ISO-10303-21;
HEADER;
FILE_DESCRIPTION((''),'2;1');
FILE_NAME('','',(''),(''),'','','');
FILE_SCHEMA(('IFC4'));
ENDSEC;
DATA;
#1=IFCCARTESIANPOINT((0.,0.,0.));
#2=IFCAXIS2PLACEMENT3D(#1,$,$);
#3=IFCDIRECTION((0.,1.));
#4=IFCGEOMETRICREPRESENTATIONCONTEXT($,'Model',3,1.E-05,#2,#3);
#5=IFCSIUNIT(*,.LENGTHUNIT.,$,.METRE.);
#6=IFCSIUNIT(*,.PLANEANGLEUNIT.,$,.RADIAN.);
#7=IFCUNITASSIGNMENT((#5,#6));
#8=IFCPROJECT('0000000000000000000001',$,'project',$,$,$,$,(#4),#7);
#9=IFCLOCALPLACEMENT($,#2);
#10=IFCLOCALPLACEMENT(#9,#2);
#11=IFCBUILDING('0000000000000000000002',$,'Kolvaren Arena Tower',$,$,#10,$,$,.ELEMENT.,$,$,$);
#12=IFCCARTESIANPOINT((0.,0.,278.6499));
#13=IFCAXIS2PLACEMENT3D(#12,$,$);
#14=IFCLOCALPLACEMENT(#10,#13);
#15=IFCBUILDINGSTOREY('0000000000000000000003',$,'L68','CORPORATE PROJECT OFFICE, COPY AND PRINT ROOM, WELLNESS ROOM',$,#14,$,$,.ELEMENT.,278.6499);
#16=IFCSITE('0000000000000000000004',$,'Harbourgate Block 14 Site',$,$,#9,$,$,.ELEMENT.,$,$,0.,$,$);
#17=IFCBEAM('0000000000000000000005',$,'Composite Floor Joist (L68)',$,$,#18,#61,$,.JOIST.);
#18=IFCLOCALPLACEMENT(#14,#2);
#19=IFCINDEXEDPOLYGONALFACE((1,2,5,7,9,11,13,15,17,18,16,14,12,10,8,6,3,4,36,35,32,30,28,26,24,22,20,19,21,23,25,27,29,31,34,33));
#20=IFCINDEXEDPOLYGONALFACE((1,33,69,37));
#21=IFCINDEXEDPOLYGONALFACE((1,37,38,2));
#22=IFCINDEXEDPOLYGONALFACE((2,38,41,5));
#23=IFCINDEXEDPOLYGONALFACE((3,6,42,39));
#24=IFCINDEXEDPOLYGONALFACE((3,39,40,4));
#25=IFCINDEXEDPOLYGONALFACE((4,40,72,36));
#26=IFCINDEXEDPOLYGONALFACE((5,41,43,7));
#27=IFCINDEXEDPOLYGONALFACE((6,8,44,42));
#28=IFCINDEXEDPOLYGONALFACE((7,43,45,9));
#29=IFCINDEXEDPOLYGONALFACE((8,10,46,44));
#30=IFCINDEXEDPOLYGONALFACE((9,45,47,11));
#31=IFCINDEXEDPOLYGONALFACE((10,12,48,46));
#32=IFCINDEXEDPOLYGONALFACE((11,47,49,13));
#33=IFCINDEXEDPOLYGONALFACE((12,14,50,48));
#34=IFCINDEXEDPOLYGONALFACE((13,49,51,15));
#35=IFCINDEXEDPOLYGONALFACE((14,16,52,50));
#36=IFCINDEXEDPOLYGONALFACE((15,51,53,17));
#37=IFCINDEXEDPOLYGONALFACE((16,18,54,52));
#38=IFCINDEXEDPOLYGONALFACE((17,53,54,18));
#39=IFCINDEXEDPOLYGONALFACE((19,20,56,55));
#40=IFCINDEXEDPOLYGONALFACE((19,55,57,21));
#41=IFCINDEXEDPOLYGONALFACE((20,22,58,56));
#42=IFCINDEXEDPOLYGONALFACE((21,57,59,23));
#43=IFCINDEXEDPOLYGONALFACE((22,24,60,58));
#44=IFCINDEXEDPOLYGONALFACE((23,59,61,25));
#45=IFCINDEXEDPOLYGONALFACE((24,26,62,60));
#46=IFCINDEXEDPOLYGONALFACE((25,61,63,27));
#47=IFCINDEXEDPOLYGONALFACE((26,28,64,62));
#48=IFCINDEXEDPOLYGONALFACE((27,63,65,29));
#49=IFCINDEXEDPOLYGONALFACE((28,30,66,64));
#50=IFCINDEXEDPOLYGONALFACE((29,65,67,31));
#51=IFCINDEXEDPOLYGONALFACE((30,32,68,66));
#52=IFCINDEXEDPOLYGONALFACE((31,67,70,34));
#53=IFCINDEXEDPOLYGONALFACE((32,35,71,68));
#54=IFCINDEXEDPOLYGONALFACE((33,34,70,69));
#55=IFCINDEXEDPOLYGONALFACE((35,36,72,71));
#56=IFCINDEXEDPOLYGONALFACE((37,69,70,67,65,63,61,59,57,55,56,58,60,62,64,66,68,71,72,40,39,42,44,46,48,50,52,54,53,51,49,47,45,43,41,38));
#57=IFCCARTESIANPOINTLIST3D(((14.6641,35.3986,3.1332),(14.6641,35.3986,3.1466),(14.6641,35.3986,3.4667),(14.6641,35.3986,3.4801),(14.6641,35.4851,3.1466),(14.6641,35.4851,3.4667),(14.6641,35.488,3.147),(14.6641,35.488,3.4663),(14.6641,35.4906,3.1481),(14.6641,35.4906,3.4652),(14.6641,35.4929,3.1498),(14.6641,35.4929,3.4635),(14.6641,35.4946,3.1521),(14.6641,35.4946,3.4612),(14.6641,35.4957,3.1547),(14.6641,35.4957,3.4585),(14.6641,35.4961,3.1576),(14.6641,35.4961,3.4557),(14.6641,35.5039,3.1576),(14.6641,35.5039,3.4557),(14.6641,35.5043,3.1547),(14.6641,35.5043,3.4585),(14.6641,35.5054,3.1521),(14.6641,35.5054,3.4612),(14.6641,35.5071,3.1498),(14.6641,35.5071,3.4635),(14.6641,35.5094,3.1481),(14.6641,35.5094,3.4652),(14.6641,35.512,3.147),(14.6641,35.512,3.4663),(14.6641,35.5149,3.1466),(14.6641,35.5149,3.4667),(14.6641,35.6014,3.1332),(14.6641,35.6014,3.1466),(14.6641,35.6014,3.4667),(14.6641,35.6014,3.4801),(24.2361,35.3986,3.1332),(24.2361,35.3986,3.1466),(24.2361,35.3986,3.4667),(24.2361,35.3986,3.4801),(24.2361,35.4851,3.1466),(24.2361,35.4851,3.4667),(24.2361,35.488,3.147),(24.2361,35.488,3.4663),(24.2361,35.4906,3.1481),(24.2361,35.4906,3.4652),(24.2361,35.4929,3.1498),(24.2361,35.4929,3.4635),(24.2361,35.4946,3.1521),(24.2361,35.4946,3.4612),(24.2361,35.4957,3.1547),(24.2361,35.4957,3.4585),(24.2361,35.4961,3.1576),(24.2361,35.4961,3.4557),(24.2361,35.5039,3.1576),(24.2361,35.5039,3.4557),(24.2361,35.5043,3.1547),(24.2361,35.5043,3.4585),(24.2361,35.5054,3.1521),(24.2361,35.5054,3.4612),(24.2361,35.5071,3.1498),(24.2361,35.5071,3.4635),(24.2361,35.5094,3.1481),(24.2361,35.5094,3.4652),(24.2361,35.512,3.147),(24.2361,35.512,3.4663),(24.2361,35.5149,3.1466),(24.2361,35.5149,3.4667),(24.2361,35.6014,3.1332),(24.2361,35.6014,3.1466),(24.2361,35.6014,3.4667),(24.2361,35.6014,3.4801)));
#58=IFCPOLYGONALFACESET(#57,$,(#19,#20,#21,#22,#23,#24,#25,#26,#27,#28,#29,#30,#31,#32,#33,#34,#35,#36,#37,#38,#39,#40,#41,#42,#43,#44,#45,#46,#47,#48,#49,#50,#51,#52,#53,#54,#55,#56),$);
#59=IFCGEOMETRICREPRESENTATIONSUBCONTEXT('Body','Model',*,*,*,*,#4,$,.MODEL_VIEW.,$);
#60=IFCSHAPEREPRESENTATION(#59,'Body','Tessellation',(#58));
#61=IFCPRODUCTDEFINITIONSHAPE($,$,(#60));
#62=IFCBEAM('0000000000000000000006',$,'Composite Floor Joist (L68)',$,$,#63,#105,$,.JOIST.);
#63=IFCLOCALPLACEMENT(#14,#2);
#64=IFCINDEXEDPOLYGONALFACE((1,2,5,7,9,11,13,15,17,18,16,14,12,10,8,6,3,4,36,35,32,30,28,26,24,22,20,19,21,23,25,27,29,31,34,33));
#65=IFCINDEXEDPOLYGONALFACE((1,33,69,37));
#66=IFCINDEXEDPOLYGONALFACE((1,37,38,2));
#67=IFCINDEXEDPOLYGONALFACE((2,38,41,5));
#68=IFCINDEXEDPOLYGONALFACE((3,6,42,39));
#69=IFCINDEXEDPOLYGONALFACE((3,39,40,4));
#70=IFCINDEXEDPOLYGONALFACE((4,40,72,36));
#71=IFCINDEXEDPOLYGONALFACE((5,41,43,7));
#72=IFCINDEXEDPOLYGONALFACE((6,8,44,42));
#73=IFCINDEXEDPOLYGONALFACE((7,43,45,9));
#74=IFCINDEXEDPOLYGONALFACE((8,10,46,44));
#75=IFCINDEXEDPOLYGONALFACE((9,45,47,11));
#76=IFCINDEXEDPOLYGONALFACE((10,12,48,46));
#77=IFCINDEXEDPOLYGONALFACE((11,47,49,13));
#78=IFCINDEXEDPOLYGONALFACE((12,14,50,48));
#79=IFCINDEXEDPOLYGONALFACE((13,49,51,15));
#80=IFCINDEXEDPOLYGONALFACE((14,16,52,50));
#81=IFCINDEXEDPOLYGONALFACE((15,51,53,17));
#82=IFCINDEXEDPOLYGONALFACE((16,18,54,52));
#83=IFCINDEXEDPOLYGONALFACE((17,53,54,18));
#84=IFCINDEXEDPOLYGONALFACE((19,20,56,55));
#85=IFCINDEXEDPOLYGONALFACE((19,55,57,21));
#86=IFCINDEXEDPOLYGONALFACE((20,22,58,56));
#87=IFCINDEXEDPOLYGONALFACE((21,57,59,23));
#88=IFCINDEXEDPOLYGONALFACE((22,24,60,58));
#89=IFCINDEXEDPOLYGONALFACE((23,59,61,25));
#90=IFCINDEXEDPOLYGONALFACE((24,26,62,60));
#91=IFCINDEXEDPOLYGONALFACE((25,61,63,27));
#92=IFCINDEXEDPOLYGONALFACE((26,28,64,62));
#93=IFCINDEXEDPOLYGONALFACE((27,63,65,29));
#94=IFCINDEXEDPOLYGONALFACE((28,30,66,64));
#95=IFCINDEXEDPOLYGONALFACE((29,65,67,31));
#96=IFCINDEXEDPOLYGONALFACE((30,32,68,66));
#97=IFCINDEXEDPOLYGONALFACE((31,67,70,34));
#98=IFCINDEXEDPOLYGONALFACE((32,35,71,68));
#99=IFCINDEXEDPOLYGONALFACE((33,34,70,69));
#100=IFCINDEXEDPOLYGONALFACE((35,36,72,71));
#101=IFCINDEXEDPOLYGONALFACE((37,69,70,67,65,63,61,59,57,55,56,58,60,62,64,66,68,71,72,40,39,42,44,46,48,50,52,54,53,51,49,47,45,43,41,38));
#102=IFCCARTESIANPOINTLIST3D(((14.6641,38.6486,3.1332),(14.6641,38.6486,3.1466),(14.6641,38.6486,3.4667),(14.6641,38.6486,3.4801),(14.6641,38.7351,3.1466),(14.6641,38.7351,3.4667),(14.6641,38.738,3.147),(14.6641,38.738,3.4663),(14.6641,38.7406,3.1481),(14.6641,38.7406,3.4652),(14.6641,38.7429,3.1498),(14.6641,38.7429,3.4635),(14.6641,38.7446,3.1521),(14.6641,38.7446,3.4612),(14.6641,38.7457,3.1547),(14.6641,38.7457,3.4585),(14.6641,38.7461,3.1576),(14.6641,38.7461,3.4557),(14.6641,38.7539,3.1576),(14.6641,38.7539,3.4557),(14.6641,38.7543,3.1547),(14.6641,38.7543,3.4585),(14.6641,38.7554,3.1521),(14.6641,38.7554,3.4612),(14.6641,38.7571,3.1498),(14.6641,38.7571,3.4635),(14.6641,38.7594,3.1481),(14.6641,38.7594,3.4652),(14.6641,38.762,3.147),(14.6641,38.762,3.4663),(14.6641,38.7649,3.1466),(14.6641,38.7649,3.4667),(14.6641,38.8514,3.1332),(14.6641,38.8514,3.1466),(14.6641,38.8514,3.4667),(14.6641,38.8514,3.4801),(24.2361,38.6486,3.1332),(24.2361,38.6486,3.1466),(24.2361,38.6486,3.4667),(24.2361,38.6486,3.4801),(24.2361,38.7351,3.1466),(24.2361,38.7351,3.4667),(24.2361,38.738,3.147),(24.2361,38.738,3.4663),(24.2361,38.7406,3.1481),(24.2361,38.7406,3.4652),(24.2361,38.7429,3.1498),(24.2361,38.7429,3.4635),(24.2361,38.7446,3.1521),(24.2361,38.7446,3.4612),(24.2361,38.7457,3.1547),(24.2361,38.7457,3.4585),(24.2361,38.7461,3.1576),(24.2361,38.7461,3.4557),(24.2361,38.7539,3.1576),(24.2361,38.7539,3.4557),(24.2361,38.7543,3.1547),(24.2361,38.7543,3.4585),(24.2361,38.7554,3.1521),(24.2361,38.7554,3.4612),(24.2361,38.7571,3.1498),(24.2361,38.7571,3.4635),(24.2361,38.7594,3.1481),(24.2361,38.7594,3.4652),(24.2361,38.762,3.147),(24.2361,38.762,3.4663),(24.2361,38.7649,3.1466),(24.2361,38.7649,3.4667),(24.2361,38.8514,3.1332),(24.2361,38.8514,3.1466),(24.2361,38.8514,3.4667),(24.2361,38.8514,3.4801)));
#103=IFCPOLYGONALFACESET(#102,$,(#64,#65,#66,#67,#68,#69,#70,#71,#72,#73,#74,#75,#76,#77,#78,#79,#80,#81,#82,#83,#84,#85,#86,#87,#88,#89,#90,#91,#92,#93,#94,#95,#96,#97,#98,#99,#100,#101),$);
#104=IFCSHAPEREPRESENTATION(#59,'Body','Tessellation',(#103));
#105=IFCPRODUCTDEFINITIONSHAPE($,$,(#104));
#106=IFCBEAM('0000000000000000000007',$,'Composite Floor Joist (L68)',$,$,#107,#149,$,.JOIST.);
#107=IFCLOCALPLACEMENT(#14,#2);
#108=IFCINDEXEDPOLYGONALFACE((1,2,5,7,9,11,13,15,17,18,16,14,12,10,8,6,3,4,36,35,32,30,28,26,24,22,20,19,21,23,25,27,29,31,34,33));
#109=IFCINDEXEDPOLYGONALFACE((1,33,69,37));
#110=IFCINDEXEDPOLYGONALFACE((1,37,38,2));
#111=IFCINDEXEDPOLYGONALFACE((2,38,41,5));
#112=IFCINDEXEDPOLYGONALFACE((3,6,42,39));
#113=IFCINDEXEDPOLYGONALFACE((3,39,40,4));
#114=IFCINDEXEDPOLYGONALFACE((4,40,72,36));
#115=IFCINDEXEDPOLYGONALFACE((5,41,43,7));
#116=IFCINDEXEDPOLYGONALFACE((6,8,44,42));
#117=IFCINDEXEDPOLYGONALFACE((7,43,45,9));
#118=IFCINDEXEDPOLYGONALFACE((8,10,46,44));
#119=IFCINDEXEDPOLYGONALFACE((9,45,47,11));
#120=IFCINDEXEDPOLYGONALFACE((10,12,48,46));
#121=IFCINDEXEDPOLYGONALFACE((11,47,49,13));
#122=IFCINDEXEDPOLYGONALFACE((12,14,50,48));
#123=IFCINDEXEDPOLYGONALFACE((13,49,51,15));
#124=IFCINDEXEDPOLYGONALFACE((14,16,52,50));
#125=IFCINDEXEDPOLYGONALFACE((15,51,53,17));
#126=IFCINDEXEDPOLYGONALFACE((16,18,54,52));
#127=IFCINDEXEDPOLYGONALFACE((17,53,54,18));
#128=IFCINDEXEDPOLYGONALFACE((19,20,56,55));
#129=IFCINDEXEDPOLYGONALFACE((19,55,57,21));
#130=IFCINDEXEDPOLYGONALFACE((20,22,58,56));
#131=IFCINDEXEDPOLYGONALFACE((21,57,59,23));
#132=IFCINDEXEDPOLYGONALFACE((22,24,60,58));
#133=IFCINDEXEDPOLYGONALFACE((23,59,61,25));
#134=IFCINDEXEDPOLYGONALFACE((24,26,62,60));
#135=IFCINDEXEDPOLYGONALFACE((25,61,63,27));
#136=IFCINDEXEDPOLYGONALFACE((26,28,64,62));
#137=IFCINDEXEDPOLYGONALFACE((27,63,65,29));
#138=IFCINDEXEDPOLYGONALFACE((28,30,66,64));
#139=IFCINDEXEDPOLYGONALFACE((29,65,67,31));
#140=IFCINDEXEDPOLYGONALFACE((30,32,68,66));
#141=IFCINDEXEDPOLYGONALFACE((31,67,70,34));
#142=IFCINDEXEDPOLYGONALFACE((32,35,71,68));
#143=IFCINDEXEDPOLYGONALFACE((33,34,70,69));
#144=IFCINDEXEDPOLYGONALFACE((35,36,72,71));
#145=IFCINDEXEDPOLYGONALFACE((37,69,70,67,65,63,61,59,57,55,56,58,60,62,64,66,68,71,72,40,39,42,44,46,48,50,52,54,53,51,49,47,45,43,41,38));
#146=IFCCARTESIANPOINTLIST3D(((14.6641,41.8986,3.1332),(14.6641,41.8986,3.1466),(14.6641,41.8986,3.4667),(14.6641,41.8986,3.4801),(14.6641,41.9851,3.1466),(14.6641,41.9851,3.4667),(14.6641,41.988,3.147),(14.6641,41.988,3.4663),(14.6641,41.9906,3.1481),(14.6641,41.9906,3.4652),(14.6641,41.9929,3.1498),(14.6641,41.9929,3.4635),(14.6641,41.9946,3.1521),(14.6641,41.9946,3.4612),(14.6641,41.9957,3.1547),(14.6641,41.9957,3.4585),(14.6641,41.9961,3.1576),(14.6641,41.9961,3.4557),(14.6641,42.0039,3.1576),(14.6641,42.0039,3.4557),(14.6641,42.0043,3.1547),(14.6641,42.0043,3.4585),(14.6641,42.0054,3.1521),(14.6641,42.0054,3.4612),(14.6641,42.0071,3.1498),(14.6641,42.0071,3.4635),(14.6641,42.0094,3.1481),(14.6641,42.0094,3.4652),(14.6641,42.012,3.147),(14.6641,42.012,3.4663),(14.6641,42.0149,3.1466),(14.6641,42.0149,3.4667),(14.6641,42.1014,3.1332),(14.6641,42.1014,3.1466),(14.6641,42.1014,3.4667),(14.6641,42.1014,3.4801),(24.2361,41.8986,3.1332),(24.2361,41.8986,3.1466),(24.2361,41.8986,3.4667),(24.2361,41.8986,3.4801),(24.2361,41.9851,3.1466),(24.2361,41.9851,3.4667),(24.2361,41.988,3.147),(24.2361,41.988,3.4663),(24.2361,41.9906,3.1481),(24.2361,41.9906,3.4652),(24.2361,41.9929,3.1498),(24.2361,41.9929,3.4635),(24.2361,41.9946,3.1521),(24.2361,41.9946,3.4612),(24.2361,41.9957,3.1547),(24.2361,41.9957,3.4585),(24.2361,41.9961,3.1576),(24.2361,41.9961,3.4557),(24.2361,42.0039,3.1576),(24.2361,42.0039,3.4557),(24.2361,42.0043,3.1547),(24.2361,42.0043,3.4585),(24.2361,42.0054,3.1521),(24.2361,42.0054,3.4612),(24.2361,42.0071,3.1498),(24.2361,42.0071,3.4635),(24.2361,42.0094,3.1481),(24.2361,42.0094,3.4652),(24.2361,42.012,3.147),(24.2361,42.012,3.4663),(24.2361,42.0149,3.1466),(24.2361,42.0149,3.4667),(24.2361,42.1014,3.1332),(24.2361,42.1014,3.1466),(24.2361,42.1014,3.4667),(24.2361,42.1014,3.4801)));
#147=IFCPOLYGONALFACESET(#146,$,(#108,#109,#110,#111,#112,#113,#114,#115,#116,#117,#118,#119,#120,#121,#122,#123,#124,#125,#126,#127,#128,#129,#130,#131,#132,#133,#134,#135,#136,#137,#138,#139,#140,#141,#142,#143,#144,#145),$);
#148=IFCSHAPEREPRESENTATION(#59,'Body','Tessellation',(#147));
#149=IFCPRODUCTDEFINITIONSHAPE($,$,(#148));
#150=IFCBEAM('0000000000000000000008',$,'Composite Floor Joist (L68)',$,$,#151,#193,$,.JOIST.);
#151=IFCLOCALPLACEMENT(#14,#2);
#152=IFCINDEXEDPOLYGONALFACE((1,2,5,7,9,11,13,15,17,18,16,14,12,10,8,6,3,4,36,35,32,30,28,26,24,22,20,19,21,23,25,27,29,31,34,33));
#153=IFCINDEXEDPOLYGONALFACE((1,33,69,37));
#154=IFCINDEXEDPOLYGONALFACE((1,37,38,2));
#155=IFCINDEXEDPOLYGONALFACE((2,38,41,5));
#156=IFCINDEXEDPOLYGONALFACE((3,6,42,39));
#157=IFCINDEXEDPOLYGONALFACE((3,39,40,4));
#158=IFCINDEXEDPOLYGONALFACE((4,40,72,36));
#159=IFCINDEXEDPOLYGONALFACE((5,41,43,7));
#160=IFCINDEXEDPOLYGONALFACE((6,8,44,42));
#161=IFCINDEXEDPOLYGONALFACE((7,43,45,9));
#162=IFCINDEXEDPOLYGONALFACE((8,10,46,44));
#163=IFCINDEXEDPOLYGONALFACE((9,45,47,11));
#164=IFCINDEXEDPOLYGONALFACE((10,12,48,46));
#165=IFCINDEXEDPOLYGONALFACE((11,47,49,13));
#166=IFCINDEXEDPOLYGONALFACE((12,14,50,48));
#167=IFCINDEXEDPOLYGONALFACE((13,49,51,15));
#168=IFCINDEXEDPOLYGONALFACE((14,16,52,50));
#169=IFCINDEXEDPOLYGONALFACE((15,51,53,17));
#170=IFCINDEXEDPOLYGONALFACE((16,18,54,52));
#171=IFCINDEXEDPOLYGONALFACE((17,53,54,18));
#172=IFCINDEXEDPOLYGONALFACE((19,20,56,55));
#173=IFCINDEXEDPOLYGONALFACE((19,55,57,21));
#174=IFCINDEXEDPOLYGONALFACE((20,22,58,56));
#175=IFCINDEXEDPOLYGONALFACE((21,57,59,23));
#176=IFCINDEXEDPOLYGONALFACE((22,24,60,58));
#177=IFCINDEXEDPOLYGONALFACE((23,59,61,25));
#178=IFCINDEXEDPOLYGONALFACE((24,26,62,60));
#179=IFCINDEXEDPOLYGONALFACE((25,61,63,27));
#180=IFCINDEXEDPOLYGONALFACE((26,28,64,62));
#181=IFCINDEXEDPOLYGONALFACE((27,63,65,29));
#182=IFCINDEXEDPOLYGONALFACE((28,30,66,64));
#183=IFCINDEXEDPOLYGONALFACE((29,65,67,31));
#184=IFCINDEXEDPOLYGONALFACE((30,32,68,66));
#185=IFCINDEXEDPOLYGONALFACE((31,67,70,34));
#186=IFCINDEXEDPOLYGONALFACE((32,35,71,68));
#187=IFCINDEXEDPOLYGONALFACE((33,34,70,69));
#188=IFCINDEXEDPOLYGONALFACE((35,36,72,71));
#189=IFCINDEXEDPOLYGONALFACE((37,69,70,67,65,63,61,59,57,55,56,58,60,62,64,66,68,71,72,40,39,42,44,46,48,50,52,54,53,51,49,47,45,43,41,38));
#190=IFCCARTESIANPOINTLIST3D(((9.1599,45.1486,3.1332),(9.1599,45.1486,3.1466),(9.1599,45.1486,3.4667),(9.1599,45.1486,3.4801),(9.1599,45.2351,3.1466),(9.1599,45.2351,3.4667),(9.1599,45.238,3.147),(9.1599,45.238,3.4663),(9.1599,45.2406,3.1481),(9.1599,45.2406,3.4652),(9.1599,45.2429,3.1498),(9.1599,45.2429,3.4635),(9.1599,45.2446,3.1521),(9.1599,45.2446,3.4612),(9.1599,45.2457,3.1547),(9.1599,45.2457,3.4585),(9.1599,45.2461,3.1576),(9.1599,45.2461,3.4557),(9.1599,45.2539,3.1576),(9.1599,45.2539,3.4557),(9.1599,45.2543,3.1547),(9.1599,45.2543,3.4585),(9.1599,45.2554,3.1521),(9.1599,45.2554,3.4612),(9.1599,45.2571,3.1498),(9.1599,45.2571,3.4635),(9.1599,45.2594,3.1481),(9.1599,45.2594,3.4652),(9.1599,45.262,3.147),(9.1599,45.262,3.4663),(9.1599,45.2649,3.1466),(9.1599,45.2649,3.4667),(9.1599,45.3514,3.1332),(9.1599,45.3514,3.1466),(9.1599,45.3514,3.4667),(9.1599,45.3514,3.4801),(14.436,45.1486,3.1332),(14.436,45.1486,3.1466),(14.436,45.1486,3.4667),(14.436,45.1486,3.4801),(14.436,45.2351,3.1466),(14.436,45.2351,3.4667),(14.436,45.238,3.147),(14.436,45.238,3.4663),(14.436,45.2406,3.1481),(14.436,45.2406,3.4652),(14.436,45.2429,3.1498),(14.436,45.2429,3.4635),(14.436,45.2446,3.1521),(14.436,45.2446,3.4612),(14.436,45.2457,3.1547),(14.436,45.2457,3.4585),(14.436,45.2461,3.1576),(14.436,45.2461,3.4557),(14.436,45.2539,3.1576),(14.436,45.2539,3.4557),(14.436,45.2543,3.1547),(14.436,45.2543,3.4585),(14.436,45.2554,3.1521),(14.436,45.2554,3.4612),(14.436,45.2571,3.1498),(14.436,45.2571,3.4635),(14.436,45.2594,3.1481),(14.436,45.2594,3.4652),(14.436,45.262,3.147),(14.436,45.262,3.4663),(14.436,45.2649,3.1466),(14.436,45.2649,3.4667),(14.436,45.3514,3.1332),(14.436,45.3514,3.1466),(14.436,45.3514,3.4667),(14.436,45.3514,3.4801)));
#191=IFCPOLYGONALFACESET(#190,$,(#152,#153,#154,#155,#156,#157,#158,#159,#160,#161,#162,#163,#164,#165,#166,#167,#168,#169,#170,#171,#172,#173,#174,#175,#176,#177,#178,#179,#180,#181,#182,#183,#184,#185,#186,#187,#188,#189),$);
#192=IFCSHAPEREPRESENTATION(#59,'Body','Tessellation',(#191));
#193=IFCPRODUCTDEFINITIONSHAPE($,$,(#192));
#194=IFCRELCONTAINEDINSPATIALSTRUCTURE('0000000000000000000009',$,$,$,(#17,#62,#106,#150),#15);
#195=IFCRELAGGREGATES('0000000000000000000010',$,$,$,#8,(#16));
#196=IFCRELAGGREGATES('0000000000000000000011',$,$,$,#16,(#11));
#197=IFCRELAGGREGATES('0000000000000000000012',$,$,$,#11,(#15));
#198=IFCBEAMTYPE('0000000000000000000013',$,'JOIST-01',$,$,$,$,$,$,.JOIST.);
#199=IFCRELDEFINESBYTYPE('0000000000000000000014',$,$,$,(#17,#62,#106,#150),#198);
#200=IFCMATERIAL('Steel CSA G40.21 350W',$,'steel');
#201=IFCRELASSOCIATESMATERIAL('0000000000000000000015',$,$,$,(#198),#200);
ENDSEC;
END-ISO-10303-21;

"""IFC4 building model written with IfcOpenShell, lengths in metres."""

from ifc_helpers import new_model, si_unit, direction, frame, origin, origin_2d, place, context, subcontext, project, spatial, i_section, extrude, material, material_profile, profile_set, type_object, element, save


model = new_model("IFC4")

# Units and contexts
model_context = context("Model", 3, precision=1e-05, world=origin(), true_north=direction((0.0, 1.0)))
body_context = subcontext(model_context, "Body", "Model", "MODEL_VIEW")
ifc_project = project(units=[si_unit("LENGTHUNIT", "METRE"), si_unit("PLANEANGLEUNIT", "RADIAN")], contexts=[model_context])

# Site, building, storey
site_placement = place(None, origin())
site = spatial("IfcSite", under=ifc_project, at=site_placement, Name="Harbourgate Block 14 Site", CompositionType="ELEMENT", RefElevation=0.0)
building_placement = place(site_placement, origin())
building = spatial("IfcBuilding", under=site, at=building_placement, Name="Kolvaren Arena Tower", CompositionType="ELEMENT")
storey_placement = place(building_placement, frame((0.0, 0.0, 278.6499)))
storey = spatial("IfcBuildingStorey", under=building, at=storey_placement, Name="L68", Description="CORPORATE PROJECT OFFICE, COPY AND PRINT ROOM, WELLNESS ROOM", CompositionType="ELEMENT", Elevation=278.6499)

# Beams
ifc_material_1 = material(Name="Steel CSA G40.21 350W", Category="steel")
ifc_material_profile_1 = material_profile(ifc_material_1, i_section(OverallWidth=0.2029, OverallDepth=0.3469, WebThickness=0.0078, FlangeThickness=0.0134, FilletRadius=0.011, at=origin_2d()), Name="W360x64")
ifc_profile_set_1 = profile_set([ifc_material_profile_1], Name="Steel CSA G40.21 350W")
beam_type_1 = type_object("IfcBeamType", Name="JOIST-01", PredefinedType="JOIST", material=ifc_profile_set_1)
for number, where, z_axis, x_axis, name in (
    (1, (14.6641, 35.5, 3.3066), (1.0, 0.0, 0.0), (0.0, 1.0, 0.0), "Composite Floor Joist (L68)"),
    (2, (14.6641, 38.75, 3.3066), (1.0, 0.0, 0.0), (0.0, 1.0, 0.0), "Composite Floor Joist (L68)"),
    (3, (14.6641, 42.0, 3.3066), (1.0, 0.0, 0.0), (0.0, 1.0, 0.0), "Composite Floor Joist (L68)"),
):
    element("IfcBeam", number, at=place(storey_placement, frame(where, z_axis=z_axis, x_axis=x_axis)), inside=storey, type_object=beam_type_1, Name=name, PredefinedType="JOIST", context=body_context, shape_type="SweptSolid", body=[
        extrude(i_section(OverallWidth=0.2029, OverallDepth=0.3469, WebThickness=0.0078, FlangeThickness=0.0134, FilletRadius=0.011, at=origin_2d()), origin(), (0.0, 0.0, 1.0), 9.572),
    ])
beam_1_placement = place(storey_placement, frame((9.1599, 45.25, 3.3066), z_axis=(1.0, 0.0, 0.0), x_axis=(0.0, 1.0, 0.0)))
element("IfcBeam", 4, at=beam_1_placement, inside=storey, type_object=beam_type_1, Name="Composite Floor Joist (L68)", PredefinedType="JOIST", context=body_context, shape_type="SweptSolid", body=[
    extrude(i_section(OverallWidth=0.2029, OverallDepth=0.3469, WebThickness=0.0078, FlangeThickness=0.0134, FilletRadius=0.011, at=origin_2d()), origin(), (0.0, 0.0, 1.0), 5.2761),
])

save(model, "model.ifc")
